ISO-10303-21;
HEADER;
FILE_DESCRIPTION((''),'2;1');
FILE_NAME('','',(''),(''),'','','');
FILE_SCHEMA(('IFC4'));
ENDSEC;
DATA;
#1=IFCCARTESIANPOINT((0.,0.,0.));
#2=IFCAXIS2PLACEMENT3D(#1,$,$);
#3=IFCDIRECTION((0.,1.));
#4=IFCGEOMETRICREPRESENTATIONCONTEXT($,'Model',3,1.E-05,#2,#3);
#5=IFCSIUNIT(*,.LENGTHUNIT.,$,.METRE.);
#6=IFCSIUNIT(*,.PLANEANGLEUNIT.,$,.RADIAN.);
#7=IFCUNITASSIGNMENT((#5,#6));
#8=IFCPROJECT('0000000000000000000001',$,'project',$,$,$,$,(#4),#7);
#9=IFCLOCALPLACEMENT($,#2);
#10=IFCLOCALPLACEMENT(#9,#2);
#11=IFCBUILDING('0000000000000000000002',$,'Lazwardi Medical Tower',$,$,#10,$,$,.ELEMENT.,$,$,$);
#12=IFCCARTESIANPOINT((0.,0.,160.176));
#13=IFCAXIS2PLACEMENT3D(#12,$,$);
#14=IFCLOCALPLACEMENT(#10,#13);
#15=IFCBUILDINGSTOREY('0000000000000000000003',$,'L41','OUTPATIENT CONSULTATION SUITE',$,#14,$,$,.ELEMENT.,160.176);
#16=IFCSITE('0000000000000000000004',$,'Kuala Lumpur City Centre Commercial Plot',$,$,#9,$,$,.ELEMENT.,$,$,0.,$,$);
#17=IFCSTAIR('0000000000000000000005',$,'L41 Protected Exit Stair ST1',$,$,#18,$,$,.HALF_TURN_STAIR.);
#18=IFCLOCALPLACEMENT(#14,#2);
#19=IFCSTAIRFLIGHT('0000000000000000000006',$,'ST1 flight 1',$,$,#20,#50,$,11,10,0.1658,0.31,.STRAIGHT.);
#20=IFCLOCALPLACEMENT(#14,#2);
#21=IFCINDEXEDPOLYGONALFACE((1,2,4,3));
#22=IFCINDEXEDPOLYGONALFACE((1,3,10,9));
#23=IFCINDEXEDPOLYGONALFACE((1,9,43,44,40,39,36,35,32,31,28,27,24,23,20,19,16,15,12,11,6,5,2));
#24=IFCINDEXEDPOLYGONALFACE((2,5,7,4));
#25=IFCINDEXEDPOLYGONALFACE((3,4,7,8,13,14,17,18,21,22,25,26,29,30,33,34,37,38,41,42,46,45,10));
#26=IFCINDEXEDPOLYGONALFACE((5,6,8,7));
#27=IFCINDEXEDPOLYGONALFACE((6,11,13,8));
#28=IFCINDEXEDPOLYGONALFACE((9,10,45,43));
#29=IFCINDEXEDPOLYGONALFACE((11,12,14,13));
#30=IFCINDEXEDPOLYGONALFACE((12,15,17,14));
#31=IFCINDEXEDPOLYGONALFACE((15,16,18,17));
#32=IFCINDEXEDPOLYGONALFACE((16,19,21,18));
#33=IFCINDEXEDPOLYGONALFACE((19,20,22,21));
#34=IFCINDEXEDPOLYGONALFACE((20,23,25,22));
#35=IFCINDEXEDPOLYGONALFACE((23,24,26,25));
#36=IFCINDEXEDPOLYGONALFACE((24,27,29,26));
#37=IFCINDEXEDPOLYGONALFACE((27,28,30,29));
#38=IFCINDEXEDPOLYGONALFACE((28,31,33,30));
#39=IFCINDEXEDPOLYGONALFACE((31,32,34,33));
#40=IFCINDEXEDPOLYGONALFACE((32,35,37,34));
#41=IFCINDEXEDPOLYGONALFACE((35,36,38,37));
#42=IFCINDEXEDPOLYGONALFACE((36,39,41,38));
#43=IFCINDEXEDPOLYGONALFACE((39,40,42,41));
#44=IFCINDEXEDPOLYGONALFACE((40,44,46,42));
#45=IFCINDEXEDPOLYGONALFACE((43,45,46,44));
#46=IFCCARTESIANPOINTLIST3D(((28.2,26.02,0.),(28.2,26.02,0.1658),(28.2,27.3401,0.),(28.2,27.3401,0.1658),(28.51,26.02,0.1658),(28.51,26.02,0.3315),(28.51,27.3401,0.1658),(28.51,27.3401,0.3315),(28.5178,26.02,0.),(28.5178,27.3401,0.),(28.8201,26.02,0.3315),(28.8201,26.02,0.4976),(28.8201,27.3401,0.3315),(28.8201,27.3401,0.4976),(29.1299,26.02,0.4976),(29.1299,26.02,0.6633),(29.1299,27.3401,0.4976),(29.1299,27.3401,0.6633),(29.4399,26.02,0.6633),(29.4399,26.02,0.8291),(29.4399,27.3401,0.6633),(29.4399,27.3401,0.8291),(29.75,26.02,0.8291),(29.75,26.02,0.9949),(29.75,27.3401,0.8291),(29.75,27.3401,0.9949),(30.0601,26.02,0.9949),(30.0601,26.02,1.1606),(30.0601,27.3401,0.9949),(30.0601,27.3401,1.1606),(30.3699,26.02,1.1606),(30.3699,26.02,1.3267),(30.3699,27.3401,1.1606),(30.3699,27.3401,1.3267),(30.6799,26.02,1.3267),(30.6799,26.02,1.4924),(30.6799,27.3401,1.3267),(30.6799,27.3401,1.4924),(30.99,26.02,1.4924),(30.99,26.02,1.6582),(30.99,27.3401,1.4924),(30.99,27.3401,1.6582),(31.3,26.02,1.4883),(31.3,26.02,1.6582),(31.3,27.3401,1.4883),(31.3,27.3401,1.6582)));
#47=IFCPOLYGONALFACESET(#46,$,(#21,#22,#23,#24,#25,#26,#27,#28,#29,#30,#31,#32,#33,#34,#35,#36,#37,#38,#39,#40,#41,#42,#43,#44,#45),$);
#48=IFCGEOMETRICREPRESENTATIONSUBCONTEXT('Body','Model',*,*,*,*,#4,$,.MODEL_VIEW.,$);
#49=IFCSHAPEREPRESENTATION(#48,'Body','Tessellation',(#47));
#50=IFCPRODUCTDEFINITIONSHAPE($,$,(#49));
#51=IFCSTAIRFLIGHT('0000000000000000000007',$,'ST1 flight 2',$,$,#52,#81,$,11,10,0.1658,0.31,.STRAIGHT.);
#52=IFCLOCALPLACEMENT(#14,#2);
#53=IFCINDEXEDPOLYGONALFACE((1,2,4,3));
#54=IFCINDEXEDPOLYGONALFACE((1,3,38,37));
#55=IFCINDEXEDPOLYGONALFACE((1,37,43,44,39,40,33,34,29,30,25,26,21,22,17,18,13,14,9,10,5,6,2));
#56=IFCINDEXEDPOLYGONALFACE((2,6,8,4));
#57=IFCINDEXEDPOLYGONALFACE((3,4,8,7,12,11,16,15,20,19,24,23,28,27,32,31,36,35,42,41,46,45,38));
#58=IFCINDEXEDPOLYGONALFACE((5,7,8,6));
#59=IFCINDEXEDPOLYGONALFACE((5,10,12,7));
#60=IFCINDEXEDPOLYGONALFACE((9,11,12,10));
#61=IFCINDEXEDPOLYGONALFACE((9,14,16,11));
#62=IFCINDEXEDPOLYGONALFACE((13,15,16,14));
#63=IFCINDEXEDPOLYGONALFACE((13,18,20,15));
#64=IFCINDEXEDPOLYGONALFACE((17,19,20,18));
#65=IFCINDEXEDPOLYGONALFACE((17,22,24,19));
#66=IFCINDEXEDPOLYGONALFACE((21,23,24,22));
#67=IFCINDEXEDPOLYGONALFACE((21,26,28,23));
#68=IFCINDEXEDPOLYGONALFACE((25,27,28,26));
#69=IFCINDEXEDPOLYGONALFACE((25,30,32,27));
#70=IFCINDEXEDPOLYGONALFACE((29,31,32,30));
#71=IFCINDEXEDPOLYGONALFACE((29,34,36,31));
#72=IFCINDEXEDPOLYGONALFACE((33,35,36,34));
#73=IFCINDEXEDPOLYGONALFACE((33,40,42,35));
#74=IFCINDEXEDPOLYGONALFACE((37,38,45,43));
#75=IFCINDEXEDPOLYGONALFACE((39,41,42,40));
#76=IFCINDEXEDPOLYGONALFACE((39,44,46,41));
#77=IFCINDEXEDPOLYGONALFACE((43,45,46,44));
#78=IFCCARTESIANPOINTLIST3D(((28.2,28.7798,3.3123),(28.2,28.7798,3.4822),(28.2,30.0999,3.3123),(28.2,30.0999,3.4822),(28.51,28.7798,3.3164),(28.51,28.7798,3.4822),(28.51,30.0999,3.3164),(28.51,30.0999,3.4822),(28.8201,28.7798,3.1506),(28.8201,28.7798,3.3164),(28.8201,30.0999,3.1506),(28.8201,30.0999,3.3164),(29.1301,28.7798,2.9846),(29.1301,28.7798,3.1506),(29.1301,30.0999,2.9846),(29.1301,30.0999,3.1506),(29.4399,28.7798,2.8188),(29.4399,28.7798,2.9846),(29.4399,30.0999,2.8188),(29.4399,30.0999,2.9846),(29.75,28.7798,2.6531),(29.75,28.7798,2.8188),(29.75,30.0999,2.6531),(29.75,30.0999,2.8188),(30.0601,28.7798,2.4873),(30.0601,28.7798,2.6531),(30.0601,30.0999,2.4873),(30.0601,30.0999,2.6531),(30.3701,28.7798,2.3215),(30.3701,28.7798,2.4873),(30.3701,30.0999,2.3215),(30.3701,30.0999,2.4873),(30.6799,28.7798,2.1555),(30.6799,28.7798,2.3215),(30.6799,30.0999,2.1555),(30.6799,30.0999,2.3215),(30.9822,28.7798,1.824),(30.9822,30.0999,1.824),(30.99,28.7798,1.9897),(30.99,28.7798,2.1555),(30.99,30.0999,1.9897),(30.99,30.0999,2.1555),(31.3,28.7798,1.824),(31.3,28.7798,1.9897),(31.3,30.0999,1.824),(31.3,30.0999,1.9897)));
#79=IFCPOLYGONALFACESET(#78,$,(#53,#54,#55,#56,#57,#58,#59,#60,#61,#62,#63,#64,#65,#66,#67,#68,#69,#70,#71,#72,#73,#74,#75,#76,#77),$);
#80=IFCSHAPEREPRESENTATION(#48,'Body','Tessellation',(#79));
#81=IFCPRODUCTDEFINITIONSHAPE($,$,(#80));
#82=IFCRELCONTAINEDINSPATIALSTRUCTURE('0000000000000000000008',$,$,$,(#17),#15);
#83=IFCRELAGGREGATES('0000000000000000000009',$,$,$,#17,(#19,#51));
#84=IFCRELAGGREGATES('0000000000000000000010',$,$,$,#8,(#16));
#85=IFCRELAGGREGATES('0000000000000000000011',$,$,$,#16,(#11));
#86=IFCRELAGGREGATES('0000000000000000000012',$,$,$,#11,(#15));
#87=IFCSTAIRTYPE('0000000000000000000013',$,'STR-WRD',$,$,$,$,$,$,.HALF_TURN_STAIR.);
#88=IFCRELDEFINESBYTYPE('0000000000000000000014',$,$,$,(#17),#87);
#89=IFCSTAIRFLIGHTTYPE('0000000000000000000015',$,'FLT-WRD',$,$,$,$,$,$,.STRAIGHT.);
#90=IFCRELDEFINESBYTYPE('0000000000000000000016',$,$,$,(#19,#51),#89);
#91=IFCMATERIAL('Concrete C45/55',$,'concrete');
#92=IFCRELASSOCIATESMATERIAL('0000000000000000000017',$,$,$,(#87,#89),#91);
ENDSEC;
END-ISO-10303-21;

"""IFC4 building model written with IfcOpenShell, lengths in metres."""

from ifc_helpers import new_model, si_unit, direction, frame, origin, place, context, subcontext, project, spatial, polyline, outline, extrude, material, type_object, element, aggregate, save


model = new_model("IFC4")

# Units and contexts
model_context = context("Model", 3, precision=1e-05, world=origin(), true_north=direction((0.0, 1.0)))
body_context = subcontext(model_context, "Body", "Model", "MODEL_VIEW")
ifc_project = project(units=[si_unit("LENGTHUNIT", "METRE"), si_unit("PLANEANGLEUNIT", "RADIAN")], contexts=[model_context])

# Site, building, storey
site_placement = place(None, origin())
site = spatial("IfcSite", under=ifc_project, at=site_placement, Name="Kuala Lumpur City Centre Commercial Plot", CompositionType="ELEMENT", RefElevation=0.0)
building_placement = place(site_placement, origin())
building = spatial("IfcBuilding", under=site, at=building_placement, Name="Lazwardi Medical Tower", CompositionType="ELEMENT")
storey_placement = place(building_placement, frame((0.0, 0.0, 160.176)))
storey = spatial("IfcBuildingStorey", under=building, at=storey_placement, Name="L41", Description="OUTPATIENT CONSULTATION SUITE", CompositionType="ELEMENT", Elevation=160.176)

# Stair, stair flights
ifc_material_1 = material(Name="Concrete C45/55", Category="concrete")
stair_type = type_object("IfcStairType", Name="STR-WRD", PredefinedType="HALF_TURN_STAIR", material=ifc_material_1)
stair_placement = place(storey_placement, origin())
stair = element("IfcStair", 1, at=stair_placement, inside=storey, type_object=stair_type, Name="L41 Protected Exit Stair ST1", PredefinedType="HALF_TURN_STAIR")
stair_flight_type = type_object("IfcStairFlightType", Name="FLT-WRD", PredefinedType="STRAIGHT", material=ifc_material_1)
stair_flight_1_placement = place(storey_placement, frame((28.2, 26.6799, 0.0), z_axis=(0.0, 0.0, 1.0), x_axis=(1.0, 0.0, 0.0)))
stair_flight_1 = element("IfcStairFlight", 2, at=stair_flight_1_placement, type_object=stair_flight_type, Name="ST1 flight 1", NumberOfRisers=11, NumberOfTreads=10, PredefinedType="STRAIGHT", RiserHeight=0.1658, TreadLength=0.31, context=body_context, shape_type="SweptSolid", body=[
    extrude(outline(polyline([(0.0, 0.0), (0.0, 0.1658), (0.3101, 0.1658), (0.3101, 0.3315), (0.6201, 0.3315), (0.6201, 0.4976), (0.9299, 0.4976), (0.9299, 0.6633), (1.24, 0.6633), (1.24, 0.8291), (1.55, 0.8291), (1.55, 0.9949), (1.8601, 0.9949), (1.8601, 1.1606), (2.1699, 1.1606), (2.1699, 1.3267), (2.48, 1.3267), (2.48, 1.4924), (2.79, 1.4924), (2.79, 1.6582), (3.1001, 1.6582), (3.1001, 1.824), (3.1001, 1.4883), (0.3179, 0.0), (0.0, 0.0)])), frame((0.0, 0.6602, 0.0), z_axis=(0.0, -1.0, 0.0), x_axis=(1.0, 0.0, 0.0)), (0.0, 0.0, 1.0), 1.3201),
])
stair_flight_2_placement = place(storey_placement, frame((31.3, 29.4399, 1.824), z_axis=(0.0, 0.0, 1.0), x_axis=(-1.0, 0.0, 0.0)))
stair_flight_2 = element("IfcStairFlight", 3, at=stair_flight_2_placement, type_object=stair_flight_type, Name="ST1 flight 2", NumberOfRisers=11, NumberOfTreads=10, PredefinedType="STRAIGHT", RiserHeight=0.1658, TreadLength=0.31, context=body_context, shape_type="SweptSolid", body=[
    extrude(outline(polyline([(0.0, 0.0), (0.0, 0.1658), (0.3101, 0.1658), (0.3101, 0.3315), (0.6201, 0.3315), (0.6201, 0.4976), (0.9299, 0.4976), (0.9299, 0.6633), (1.24, 0.6633), (1.24, 0.8291), (1.55, 0.8291), (1.55, 0.9949), (1.8601, 0.9949), (1.8601, 1.1606), (2.1699, 1.1606), (2.1699, 1.3267), (2.48, 1.3267), (2.48, 1.4924), (2.79, 1.4924), (2.79, 1.6582), (3.1001, 1.6582), (3.1001, 1.824), (3.1001, 1.4883), (0.3179, 0.0), (0.0, 0.0)])), frame((0.0, 0.6602, 0.0), z_axis=(0.0, -1.0, 0.0), x_axis=(1.0, 0.0, 0.0)), (0.0, 0.0, 1.0), 1.3201),
])
aggregate(stair, [stair_flight_1, stair_flight_2])

save(model, "model.ifc")
